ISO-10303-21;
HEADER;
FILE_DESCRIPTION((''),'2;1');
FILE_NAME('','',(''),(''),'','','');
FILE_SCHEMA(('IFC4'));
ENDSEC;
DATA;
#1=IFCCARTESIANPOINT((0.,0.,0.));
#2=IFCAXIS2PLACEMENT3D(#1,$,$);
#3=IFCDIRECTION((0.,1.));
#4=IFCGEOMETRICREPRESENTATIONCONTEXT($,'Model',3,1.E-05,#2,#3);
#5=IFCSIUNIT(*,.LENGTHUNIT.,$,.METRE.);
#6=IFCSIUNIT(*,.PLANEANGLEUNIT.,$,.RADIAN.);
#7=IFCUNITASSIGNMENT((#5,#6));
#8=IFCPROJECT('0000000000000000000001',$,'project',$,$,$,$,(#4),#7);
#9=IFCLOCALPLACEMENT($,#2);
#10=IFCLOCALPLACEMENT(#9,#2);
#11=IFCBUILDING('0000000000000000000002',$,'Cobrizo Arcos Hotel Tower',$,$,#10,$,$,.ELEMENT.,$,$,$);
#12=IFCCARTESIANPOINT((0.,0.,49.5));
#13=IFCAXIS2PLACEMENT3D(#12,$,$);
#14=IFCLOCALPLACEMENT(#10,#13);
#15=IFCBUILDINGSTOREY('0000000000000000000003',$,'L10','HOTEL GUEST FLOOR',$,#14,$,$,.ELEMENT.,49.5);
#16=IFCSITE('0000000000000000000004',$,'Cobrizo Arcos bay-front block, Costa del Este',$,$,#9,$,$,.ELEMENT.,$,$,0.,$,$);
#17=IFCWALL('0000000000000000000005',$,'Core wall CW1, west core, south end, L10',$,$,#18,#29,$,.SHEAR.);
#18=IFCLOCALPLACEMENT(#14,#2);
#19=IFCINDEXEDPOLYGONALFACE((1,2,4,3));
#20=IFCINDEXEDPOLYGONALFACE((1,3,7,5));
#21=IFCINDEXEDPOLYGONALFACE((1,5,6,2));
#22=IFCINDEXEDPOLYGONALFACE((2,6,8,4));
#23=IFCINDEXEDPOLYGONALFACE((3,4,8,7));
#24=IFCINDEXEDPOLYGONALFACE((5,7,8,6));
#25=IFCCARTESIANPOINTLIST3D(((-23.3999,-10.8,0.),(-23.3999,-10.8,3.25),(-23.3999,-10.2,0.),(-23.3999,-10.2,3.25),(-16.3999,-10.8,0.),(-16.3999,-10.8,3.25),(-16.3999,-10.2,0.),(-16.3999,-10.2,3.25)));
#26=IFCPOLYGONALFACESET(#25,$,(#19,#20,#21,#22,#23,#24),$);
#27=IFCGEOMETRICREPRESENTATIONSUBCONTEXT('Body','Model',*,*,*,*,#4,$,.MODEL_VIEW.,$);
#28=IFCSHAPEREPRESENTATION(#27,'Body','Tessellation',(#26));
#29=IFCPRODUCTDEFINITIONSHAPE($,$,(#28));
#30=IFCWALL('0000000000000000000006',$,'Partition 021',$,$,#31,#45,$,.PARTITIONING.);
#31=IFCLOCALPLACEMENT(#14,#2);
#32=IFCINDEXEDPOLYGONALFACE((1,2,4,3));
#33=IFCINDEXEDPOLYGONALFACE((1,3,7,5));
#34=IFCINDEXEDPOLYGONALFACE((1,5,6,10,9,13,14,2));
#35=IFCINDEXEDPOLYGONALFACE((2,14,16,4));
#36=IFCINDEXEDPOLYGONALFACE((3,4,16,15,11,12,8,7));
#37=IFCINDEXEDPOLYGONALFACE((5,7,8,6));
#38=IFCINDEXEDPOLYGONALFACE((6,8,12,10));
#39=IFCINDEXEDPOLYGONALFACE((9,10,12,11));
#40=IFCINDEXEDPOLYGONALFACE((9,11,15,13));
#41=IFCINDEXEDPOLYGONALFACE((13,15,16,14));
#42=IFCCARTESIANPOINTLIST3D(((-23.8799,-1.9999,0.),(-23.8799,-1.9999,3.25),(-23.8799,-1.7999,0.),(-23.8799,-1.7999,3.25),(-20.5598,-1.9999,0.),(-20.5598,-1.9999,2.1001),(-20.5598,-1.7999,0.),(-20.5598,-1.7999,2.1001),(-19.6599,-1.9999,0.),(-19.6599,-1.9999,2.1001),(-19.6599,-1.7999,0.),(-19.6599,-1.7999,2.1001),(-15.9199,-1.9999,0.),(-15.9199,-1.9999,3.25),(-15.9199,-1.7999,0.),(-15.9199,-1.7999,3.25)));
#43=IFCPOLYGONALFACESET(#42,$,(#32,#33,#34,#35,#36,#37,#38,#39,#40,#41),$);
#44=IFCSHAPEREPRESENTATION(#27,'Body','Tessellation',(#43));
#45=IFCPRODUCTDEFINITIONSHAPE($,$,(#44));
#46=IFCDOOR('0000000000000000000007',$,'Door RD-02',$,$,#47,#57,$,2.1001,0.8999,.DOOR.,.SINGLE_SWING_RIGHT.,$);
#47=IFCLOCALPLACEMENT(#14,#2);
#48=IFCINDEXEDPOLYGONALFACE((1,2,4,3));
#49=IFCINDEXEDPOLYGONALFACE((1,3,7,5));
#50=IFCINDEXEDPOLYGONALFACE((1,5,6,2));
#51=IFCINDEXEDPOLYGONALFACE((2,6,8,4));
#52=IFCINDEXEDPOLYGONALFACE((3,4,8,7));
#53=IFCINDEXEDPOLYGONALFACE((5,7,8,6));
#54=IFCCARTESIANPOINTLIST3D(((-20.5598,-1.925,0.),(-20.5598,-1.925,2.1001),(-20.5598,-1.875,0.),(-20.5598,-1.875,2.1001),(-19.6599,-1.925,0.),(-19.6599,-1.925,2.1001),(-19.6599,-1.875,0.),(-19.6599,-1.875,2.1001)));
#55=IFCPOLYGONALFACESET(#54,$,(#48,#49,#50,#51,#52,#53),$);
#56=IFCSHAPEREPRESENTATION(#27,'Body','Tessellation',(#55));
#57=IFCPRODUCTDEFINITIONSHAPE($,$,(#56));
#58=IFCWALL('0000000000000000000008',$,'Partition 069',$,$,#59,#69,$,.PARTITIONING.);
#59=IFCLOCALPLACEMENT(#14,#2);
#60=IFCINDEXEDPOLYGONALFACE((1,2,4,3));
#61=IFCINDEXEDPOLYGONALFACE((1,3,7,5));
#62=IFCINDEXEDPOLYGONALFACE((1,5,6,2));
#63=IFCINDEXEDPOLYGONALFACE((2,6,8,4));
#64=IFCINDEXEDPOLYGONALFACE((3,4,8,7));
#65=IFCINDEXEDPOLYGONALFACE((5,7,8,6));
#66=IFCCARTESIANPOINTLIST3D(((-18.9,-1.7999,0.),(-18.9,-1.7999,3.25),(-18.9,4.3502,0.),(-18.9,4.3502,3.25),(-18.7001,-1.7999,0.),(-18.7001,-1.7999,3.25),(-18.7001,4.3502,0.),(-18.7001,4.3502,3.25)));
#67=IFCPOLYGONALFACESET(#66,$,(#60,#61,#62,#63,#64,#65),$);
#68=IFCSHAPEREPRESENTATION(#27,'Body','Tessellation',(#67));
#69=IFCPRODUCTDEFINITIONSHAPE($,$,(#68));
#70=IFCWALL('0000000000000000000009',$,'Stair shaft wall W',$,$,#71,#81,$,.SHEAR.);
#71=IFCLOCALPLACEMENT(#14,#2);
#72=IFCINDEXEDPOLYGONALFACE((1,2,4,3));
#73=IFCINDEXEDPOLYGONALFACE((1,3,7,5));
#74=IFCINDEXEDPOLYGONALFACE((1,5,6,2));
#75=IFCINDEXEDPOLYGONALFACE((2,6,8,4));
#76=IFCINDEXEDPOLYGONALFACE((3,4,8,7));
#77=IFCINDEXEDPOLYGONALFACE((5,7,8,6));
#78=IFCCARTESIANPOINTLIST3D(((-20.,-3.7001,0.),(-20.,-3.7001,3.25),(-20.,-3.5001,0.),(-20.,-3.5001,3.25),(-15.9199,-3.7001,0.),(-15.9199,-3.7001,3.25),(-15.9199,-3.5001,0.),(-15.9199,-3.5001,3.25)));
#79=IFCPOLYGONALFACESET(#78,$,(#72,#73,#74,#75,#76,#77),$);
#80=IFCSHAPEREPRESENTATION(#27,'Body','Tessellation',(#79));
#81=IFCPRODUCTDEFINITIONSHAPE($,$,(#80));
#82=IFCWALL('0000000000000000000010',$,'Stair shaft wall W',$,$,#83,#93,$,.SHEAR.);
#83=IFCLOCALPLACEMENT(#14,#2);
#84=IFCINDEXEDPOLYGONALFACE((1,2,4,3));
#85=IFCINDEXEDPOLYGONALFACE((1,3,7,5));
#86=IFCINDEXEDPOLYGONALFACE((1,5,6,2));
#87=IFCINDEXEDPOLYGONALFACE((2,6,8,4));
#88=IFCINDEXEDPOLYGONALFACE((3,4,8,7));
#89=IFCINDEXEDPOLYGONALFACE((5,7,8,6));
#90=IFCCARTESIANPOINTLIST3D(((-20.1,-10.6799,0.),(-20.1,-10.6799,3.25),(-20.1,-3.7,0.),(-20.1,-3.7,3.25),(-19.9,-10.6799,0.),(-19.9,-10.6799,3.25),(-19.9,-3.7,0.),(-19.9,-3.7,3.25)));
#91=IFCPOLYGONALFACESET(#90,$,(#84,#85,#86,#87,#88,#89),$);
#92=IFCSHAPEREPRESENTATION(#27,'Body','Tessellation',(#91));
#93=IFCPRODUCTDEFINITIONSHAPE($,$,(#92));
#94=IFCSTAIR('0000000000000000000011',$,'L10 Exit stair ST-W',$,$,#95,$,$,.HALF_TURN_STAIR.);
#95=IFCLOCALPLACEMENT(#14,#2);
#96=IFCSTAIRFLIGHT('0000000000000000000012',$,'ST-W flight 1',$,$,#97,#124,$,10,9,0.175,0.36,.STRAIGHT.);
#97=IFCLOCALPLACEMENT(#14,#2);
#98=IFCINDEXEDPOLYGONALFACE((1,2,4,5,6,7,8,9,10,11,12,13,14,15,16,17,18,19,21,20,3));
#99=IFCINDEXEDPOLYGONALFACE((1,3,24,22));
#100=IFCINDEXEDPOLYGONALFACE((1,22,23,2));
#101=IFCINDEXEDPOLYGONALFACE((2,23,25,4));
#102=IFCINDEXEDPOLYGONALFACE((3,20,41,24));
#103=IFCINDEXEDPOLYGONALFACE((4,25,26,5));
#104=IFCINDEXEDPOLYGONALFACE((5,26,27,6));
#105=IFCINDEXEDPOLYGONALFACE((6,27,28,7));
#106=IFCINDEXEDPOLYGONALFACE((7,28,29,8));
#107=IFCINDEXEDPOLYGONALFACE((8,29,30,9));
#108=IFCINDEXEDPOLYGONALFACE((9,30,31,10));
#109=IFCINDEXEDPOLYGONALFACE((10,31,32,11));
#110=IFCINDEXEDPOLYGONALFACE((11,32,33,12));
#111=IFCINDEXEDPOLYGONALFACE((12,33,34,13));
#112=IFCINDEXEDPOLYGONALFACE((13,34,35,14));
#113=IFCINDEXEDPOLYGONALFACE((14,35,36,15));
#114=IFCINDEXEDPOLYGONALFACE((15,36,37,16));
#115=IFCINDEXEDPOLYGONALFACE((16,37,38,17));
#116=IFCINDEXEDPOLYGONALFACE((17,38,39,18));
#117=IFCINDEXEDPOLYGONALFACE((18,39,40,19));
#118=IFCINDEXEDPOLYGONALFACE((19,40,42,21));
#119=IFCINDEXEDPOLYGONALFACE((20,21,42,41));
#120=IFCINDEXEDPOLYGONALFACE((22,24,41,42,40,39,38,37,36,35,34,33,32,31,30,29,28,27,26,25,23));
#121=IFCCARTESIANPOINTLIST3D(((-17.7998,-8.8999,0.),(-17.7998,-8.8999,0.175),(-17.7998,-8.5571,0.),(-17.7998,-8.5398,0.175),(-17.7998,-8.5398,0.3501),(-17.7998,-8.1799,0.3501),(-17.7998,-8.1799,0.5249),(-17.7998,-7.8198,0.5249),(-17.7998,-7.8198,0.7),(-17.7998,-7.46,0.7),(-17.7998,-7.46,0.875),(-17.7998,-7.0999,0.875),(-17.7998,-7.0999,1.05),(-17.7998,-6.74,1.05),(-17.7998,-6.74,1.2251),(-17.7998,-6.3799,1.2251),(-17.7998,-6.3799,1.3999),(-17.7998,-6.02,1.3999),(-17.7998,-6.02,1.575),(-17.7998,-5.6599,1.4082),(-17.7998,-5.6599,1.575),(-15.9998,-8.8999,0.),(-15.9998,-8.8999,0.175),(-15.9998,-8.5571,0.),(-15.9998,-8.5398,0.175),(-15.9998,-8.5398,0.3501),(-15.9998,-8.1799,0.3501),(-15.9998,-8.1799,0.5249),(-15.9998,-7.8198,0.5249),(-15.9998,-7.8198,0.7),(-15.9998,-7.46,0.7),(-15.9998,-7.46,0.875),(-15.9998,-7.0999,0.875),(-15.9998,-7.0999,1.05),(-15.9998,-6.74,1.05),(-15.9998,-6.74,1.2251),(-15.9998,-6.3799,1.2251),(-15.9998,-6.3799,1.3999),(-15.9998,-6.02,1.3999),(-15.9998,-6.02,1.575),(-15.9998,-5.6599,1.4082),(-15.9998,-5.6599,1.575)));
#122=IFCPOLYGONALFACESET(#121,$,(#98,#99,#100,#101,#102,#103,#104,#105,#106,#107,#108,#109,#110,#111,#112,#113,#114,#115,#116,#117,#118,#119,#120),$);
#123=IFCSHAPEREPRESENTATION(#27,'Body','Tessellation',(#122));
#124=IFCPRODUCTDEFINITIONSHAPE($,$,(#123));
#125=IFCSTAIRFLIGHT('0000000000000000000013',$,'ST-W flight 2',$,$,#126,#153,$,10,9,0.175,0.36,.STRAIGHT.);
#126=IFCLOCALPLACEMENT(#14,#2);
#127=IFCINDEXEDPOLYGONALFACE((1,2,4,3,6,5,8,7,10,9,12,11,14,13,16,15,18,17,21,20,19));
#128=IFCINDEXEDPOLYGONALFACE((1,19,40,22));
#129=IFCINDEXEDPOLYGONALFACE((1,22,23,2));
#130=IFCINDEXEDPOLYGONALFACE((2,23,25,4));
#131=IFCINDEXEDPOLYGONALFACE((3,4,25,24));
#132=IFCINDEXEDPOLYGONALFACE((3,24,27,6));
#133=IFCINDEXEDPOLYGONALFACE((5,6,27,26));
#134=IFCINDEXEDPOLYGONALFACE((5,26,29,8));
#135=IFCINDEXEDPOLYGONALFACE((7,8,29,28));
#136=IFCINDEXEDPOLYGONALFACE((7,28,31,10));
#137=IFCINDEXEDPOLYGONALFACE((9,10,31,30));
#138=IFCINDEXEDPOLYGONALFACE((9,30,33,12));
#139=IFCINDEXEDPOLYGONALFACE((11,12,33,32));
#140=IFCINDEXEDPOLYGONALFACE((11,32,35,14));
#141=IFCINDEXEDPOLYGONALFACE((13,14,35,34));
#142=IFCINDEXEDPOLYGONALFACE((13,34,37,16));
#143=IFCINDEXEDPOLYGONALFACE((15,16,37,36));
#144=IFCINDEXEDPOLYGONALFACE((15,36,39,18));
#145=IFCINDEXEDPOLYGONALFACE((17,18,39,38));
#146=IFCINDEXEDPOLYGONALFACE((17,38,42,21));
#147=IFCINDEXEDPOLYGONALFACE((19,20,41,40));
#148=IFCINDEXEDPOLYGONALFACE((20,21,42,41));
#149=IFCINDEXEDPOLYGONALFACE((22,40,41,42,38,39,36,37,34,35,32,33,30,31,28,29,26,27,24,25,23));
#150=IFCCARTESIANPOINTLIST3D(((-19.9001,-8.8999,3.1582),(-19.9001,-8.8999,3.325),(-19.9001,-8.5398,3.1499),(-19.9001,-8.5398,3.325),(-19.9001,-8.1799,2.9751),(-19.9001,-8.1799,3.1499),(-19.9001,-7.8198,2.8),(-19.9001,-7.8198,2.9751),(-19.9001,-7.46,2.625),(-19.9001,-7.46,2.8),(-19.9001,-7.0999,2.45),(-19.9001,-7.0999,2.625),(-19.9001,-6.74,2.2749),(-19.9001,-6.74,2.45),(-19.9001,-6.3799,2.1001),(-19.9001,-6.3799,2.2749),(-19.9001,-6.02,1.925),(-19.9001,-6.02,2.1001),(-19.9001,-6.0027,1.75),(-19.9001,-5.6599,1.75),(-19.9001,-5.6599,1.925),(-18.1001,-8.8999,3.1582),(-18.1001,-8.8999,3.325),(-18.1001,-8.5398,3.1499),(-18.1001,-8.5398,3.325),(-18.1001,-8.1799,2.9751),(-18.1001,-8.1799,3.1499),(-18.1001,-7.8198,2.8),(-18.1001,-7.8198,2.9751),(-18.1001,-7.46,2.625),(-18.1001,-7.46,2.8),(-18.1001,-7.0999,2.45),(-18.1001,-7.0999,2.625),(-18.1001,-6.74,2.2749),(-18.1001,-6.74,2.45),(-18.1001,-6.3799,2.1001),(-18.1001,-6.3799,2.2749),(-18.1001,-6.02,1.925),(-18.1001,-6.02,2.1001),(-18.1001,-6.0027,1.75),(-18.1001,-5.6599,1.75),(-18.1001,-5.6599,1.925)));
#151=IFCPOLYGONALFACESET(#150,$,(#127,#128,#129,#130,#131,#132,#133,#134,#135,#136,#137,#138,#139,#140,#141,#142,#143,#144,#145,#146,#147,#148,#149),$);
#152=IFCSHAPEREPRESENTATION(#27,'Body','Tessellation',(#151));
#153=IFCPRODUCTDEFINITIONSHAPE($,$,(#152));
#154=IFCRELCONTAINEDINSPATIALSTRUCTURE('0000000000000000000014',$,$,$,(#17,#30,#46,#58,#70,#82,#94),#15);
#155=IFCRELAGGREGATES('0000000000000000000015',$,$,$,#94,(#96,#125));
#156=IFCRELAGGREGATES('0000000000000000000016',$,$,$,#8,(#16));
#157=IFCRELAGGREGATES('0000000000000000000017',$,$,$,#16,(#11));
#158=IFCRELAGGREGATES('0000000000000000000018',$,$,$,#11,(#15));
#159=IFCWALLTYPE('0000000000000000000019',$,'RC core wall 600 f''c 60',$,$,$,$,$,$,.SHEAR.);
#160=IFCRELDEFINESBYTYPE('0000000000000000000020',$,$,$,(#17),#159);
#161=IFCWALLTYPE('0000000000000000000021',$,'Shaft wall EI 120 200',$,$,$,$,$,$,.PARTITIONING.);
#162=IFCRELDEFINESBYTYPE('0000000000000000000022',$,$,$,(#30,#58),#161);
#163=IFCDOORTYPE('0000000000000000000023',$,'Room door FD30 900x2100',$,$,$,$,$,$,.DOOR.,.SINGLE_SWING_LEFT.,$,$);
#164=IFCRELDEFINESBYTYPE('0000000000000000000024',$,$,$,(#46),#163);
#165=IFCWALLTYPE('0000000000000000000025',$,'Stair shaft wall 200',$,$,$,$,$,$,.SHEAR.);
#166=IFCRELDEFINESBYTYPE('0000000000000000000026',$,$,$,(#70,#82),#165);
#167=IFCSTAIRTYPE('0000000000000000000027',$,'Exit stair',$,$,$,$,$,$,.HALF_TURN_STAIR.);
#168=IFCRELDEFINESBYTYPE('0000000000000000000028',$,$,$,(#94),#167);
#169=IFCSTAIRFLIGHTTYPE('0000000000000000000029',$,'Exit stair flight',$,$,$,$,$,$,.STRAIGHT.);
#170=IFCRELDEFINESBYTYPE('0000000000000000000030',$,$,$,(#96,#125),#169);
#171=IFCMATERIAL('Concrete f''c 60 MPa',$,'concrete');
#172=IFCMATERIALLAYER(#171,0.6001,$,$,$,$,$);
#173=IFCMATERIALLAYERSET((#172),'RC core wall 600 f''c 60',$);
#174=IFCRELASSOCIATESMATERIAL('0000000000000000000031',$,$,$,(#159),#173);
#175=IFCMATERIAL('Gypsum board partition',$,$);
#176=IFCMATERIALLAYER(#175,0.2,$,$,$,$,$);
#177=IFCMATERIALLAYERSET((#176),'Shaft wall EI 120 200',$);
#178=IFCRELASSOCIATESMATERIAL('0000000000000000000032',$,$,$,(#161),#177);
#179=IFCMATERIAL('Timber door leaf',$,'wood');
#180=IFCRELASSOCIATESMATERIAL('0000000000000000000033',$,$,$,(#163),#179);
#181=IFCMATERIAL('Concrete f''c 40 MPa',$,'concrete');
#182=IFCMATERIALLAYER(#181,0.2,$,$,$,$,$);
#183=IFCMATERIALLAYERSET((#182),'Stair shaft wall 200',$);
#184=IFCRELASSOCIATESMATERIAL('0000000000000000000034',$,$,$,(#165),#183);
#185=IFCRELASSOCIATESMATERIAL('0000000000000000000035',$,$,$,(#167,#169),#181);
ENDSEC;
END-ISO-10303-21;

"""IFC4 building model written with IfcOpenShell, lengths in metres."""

from ifc_helpers import new_model, si_unit, direction, frame, frame_2d, origin, place, context, subcontext, project, spatial, polyline, rectangle, outline, extrude, material, layer, layer_set, type_object, element, fill, aggregate, save


model = new_model("IFC4")

# Units and contexts
model_context = context("Model", 3, precision=1e-05, world=origin(), true_north=direction((0.0, 1.0)))
body_context = subcontext(model_context, "Body", "Model", "MODEL_VIEW")
ifc_project = project(units=[si_unit("LENGTHUNIT", "METRE"), si_unit("PLANEANGLEUNIT", "RADIAN")], contexts=[model_context])

# Site, building, storey
site_placement = place(None, origin())
site = spatial("IfcSite", under=ifc_project, at=site_placement, Name="Cobrizo Arcos bay-front block, Costa del Este", CompositionType="ELEMENT", RefElevation=0.0)
building_placement = place(site_placement, origin())
building = spatial("IfcBuilding", under=site, at=building_placement, Name="Cobrizo Arcos Hotel Tower", CompositionType="ELEMENT")
storey_placement = place(building_placement, frame((0.0, 0.0, 49.5)))
storey = spatial("IfcBuildingStorey", under=building, at=storey_placement, Name="L10", Description="HOTEL GUEST FLOOR", CompositionType="ELEMENT", Elevation=49.5)

# Wall
ifc_material_1 = material(Name="Concrete f'c 60 MPa", Category="concrete")
ifc_layer_1 = layer(ifc_material_1, 0.6001)
ifc_layer_set_1 = layer_set([ifc_layer_1], Name="RC core wall 600 f'c 60")
wall_type_1 = type_object("IfcWallType", Name="RC core wall 600 f'c 60", PredefinedType="SHEAR", material=ifc_layer_set_1)
wall_1_placement = place(storey_placement, frame((-23.3999, -10.5, 0.0), z_axis=(0.0, 0.0, 1.0), x_axis=(1.0, 0.0, 0.0)))
element("IfcWall", 1, at=wall_1_placement, inside=storey, type_object=wall_type_1, Name="Core wall CW1, west core, south end, L10", PredefinedType="SHEAR", context=body_context, shape_type="SweptSolid", body=[
    extrude(rectangle(XDim=7.0, YDim=0.6001, at=frame_2d((3.5, 0.0))), origin(), (0.0, 0.0, 1.0), 3.25),
])

# Wall, opening, door
ifc_material_2 = material(Name="Gypsum board partition")
ifc_layer_2 = layer(ifc_material_2, 0.2)
ifc_layer_set_2 = layer_set([ifc_layer_2], Name="Shaft wall EI 120 200")
wall_type_2 = type_object("IfcWallType", Name="Shaft wall EI 120 200", PredefinedType="PARTITIONING", material=ifc_layer_set_2)
wall_2_placement = place(storey_placement, frame((-23.8799, -1.8999, 0.0), z_axis=(0.0, 0.0, 1.0), x_axis=(1.0, 0.0, 0.0)))
wall_2 = element("IfcWall", 2, at=wall_2_placement, inside=storey, type_object=wall_type_2, Name="Partition 021", PredefinedType="PARTITIONING", context=body_context, shape_type="SweptSolid", body=[
    extrude(rectangle(XDim=7.96, YDim=0.2, at=frame_2d((3.98, 0.0))), origin(), (0.0, 0.0, 1.0), 3.25),
])
opening_placement = place(wall_2_placement, frame((3.3201, 0.0, 0.0)))
opening = element("IfcOpeningElement", 3, at=opening_placement, cuts=wall_2, PredefinedType="OPENING", context=body_context, shape_type="SweptSolid", body=[
    extrude(rectangle(XDim=0.8999, YDim=2.1001, at=frame_2d((0.45, 1.05))), frame((0.0, 0.1121, 0.0), z_axis=(0.0, -1.0, 0.0), x_axis=(1.0, 0.0, 0.0)), (0.0, 0.0, 1.0), 0.2239),
])
ifc_material_3 = material(Name="Timber door leaf", Category="wood")
door_type = type_object("IfcDoorType", Name="Room door FD30 900x2100", OperationType="SINGLE_SWING_LEFT", PredefinedType="DOOR", material=ifc_material_3)
door_placement = place(opening_placement, origin())
door = element("IfcDoor", 4, at=door_placement, inside=storey, type_object=door_type, Name="Door RD-02", OperationType="SINGLE_SWING_RIGHT", OverallHeight=2.1001, OverallWidth=0.8999, PredefinedType="DOOR", context=body_context, shape_type="SweptSolid", body=[
    extrude(rectangle(XDim=0.8999, YDim=2.1001, at=frame_2d((0.45, 1.05))), frame((0.0, 0.0249, 0.0), z_axis=(0.0, -1.0, 0.0), x_axis=(1.0, 0.0, 0.0)), (0.0, 0.0, 1.0), 0.05),
])
fill(opening, door)

# Walls
wall_3_placement = place(storey_placement, frame((-18.8, -1.8, 0.0), z_axis=(0.0, 0.0, 1.0), x_axis=(0.0, 1.0, 0.0)))
element("IfcWall", 5, at=wall_3_placement, inside=storey, type_object=wall_type_2, Name="Partition 069", PredefinedType="PARTITIONING", context=body_context, shape_type="SweptSolid", body=[
    extrude(rectangle(XDim=6.1501, YDim=0.2, at=frame_2d((3.0752, 0.0))), origin(), (0.0, 0.0, 1.0), 3.25),
])
ifc_material_4 = material(Name="Concrete f'c 40 MPa", Category="concrete")
ifc_layer_3 = layer(ifc_material_4, 0.2)
ifc_layer_set_3 = layer_set([ifc_layer_3], Name="Stair shaft wall 200")
wall_type_3 = type_object("IfcWallType", Name="Stair shaft wall 200", PredefinedType="SHEAR", material=ifc_layer_set_3)
wall_4_placement = place(storey_placement, frame((-20.0, -3.6001, 0.0), z_axis=(0.0, 0.0, 1.0), x_axis=(1.0, 0.0, 0.0)))
element("IfcWall", 6, at=wall_4_placement, inside=storey, type_object=wall_type_3, Name="Stair shaft wall W", PredefinedType="SHEAR", context=body_context, shape_type="SweptSolid", body=[
    extrude(rectangle(XDim=4.0801, YDim=0.2, at=frame_2d((2.04, 0.0))), origin(), (0.0, 0.0, 1.0), 3.25),
])
wall_5_placement = place(storey_placement, frame((-20.0, -10.6799, 0.0), z_axis=(0.0, 0.0, 1.0), x_axis=(0.0, 1.0, 0.0)))
element("IfcWall", 7, at=wall_5_placement, inside=storey, type_object=wall_type_3, Name="Stair shaft wall W", PredefinedType="SHEAR", context=body_context, shape_type="SweptSolid", body=[
    extrude(rectangle(XDim=6.98, YDim=0.2, at=frame_2d((3.49, 0.0))), origin(), (0.0, 0.0, 1.0), 3.25),
])

# Stair, stair flights
stair_type = type_object("IfcStairType", Name="Exit stair", PredefinedType="HALF_TURN_STAIR", material=ifc_material_4)
stair_placement = place(storey_placement, origin())
stair = element("IfcStair", 8, at=stair_placement, inside=storey, type_object=stair_type, Name="L10 Exit stair ST-W", PredefinedType="HALF_TURN_STAIR")
stair_flight_type = type_object("IfcStairFlightType", Name="Exit stair flight", PredefinedType="STRAIGHT", material=ifc_material_4)
stair_flight_1_placement = place(storey_placement, frame((-16.8999, -8.8999, 0.0), z_axis=(0.0, 0.0, 1.0), x_axis=(0.0, 1.0, 0.0)))
stair_flight_1 = element("IfcStairFlight", 9, at=stair_flight_1_placement, type_object=stair_flight_type, Name="ST-W flight 1", NumberOfRisers=10, NumberOfTreads=9, PredefinedType="STRAIGHT", RiserHeight=0.175, TreadLength=0.36, context=body_context, shape_type="SweptSolid", body=[
    extrude(outline(polyline([(0.0, 0.0), (0.0, 0.175), (0.3601, 0.175), (0.3601, 0.3501), (0.72, 0.3501), (0.72, 0.5249), (1.0801, 0.5249), (1.0801, 0.7), (1.4399, 0.7), (1.4399, 0.875), (1.8, 0.875), (1.8, 1.05), (2.1599, 1.05), (2.1599, 1.2251), (2.52, 1.2251), (2.52, 1.3999), (2.8799, 1.3999), (2.8799, 1.575), (3.24, 1.575), (3.24, 1.75), (3.24, 1.4082), (0.3428, 0.0), (0.0, 0.0)])), frame((0.0, 0.8999, 0.0), z_axis=(0.0, -1.0, 0.0), x_axis=(1.0, 0.0, 0.0)), (0.0, 0.0, 1.0), 1.8),
])
stair_flight_2_placement = place(storey_placement, frame((-19.0, -5.6599, 1.75), z_axis=(0.0, 0.0, 1.0), x_axis=(0.0, -1.0, 0.0)))
stair_flight_2 = element("IfcStairFlight", 10, at=stair_flight_2_placement, type_object=stair_flight_type, Name="ST-W flight 2", NumberOfRisers=10, NumberOfTreads=9, PredefinedType="STRAIGHT", RiserHeight=0.175, TreadLength=0.36, context=body_context, shape_type="SweptSolid", body=[
    extrude(outline(polyline([(0.0, 0.0), (0.0, 0.175), (0.3601, 0.175), (0.3601, 0.3501), (0.72, 0.3501), (0.72, 0.5249), (1.0801, 0.5249), (1.0801, 0.7), (1.4399, 0.7), (1.4399, 0.875), (1.8, 0.875), (1.8, 1.05), (2.1599, 1.05), (2.1599, 1.2251), (2.52, 1.2251), (2.52, 1.3999), (2.8799, 1.3999), (2.8799, 1.575), (3.24, 1.575), (3.24, 1.75), (3.24, 1.4082), (0.3428, 0.0), (0.0, 0.0)])), frame((0.0, 0.8999, 0.0), z_axis=(0.0, -1.0, 0.0), x_axis=(1.0, 0.0, 0.0)), (0.0, 0.0, 1.0), 1.8),
])
aggregate(stair, [stair_flight_1, stair_flight_2])

save(model, "model.ifc")
